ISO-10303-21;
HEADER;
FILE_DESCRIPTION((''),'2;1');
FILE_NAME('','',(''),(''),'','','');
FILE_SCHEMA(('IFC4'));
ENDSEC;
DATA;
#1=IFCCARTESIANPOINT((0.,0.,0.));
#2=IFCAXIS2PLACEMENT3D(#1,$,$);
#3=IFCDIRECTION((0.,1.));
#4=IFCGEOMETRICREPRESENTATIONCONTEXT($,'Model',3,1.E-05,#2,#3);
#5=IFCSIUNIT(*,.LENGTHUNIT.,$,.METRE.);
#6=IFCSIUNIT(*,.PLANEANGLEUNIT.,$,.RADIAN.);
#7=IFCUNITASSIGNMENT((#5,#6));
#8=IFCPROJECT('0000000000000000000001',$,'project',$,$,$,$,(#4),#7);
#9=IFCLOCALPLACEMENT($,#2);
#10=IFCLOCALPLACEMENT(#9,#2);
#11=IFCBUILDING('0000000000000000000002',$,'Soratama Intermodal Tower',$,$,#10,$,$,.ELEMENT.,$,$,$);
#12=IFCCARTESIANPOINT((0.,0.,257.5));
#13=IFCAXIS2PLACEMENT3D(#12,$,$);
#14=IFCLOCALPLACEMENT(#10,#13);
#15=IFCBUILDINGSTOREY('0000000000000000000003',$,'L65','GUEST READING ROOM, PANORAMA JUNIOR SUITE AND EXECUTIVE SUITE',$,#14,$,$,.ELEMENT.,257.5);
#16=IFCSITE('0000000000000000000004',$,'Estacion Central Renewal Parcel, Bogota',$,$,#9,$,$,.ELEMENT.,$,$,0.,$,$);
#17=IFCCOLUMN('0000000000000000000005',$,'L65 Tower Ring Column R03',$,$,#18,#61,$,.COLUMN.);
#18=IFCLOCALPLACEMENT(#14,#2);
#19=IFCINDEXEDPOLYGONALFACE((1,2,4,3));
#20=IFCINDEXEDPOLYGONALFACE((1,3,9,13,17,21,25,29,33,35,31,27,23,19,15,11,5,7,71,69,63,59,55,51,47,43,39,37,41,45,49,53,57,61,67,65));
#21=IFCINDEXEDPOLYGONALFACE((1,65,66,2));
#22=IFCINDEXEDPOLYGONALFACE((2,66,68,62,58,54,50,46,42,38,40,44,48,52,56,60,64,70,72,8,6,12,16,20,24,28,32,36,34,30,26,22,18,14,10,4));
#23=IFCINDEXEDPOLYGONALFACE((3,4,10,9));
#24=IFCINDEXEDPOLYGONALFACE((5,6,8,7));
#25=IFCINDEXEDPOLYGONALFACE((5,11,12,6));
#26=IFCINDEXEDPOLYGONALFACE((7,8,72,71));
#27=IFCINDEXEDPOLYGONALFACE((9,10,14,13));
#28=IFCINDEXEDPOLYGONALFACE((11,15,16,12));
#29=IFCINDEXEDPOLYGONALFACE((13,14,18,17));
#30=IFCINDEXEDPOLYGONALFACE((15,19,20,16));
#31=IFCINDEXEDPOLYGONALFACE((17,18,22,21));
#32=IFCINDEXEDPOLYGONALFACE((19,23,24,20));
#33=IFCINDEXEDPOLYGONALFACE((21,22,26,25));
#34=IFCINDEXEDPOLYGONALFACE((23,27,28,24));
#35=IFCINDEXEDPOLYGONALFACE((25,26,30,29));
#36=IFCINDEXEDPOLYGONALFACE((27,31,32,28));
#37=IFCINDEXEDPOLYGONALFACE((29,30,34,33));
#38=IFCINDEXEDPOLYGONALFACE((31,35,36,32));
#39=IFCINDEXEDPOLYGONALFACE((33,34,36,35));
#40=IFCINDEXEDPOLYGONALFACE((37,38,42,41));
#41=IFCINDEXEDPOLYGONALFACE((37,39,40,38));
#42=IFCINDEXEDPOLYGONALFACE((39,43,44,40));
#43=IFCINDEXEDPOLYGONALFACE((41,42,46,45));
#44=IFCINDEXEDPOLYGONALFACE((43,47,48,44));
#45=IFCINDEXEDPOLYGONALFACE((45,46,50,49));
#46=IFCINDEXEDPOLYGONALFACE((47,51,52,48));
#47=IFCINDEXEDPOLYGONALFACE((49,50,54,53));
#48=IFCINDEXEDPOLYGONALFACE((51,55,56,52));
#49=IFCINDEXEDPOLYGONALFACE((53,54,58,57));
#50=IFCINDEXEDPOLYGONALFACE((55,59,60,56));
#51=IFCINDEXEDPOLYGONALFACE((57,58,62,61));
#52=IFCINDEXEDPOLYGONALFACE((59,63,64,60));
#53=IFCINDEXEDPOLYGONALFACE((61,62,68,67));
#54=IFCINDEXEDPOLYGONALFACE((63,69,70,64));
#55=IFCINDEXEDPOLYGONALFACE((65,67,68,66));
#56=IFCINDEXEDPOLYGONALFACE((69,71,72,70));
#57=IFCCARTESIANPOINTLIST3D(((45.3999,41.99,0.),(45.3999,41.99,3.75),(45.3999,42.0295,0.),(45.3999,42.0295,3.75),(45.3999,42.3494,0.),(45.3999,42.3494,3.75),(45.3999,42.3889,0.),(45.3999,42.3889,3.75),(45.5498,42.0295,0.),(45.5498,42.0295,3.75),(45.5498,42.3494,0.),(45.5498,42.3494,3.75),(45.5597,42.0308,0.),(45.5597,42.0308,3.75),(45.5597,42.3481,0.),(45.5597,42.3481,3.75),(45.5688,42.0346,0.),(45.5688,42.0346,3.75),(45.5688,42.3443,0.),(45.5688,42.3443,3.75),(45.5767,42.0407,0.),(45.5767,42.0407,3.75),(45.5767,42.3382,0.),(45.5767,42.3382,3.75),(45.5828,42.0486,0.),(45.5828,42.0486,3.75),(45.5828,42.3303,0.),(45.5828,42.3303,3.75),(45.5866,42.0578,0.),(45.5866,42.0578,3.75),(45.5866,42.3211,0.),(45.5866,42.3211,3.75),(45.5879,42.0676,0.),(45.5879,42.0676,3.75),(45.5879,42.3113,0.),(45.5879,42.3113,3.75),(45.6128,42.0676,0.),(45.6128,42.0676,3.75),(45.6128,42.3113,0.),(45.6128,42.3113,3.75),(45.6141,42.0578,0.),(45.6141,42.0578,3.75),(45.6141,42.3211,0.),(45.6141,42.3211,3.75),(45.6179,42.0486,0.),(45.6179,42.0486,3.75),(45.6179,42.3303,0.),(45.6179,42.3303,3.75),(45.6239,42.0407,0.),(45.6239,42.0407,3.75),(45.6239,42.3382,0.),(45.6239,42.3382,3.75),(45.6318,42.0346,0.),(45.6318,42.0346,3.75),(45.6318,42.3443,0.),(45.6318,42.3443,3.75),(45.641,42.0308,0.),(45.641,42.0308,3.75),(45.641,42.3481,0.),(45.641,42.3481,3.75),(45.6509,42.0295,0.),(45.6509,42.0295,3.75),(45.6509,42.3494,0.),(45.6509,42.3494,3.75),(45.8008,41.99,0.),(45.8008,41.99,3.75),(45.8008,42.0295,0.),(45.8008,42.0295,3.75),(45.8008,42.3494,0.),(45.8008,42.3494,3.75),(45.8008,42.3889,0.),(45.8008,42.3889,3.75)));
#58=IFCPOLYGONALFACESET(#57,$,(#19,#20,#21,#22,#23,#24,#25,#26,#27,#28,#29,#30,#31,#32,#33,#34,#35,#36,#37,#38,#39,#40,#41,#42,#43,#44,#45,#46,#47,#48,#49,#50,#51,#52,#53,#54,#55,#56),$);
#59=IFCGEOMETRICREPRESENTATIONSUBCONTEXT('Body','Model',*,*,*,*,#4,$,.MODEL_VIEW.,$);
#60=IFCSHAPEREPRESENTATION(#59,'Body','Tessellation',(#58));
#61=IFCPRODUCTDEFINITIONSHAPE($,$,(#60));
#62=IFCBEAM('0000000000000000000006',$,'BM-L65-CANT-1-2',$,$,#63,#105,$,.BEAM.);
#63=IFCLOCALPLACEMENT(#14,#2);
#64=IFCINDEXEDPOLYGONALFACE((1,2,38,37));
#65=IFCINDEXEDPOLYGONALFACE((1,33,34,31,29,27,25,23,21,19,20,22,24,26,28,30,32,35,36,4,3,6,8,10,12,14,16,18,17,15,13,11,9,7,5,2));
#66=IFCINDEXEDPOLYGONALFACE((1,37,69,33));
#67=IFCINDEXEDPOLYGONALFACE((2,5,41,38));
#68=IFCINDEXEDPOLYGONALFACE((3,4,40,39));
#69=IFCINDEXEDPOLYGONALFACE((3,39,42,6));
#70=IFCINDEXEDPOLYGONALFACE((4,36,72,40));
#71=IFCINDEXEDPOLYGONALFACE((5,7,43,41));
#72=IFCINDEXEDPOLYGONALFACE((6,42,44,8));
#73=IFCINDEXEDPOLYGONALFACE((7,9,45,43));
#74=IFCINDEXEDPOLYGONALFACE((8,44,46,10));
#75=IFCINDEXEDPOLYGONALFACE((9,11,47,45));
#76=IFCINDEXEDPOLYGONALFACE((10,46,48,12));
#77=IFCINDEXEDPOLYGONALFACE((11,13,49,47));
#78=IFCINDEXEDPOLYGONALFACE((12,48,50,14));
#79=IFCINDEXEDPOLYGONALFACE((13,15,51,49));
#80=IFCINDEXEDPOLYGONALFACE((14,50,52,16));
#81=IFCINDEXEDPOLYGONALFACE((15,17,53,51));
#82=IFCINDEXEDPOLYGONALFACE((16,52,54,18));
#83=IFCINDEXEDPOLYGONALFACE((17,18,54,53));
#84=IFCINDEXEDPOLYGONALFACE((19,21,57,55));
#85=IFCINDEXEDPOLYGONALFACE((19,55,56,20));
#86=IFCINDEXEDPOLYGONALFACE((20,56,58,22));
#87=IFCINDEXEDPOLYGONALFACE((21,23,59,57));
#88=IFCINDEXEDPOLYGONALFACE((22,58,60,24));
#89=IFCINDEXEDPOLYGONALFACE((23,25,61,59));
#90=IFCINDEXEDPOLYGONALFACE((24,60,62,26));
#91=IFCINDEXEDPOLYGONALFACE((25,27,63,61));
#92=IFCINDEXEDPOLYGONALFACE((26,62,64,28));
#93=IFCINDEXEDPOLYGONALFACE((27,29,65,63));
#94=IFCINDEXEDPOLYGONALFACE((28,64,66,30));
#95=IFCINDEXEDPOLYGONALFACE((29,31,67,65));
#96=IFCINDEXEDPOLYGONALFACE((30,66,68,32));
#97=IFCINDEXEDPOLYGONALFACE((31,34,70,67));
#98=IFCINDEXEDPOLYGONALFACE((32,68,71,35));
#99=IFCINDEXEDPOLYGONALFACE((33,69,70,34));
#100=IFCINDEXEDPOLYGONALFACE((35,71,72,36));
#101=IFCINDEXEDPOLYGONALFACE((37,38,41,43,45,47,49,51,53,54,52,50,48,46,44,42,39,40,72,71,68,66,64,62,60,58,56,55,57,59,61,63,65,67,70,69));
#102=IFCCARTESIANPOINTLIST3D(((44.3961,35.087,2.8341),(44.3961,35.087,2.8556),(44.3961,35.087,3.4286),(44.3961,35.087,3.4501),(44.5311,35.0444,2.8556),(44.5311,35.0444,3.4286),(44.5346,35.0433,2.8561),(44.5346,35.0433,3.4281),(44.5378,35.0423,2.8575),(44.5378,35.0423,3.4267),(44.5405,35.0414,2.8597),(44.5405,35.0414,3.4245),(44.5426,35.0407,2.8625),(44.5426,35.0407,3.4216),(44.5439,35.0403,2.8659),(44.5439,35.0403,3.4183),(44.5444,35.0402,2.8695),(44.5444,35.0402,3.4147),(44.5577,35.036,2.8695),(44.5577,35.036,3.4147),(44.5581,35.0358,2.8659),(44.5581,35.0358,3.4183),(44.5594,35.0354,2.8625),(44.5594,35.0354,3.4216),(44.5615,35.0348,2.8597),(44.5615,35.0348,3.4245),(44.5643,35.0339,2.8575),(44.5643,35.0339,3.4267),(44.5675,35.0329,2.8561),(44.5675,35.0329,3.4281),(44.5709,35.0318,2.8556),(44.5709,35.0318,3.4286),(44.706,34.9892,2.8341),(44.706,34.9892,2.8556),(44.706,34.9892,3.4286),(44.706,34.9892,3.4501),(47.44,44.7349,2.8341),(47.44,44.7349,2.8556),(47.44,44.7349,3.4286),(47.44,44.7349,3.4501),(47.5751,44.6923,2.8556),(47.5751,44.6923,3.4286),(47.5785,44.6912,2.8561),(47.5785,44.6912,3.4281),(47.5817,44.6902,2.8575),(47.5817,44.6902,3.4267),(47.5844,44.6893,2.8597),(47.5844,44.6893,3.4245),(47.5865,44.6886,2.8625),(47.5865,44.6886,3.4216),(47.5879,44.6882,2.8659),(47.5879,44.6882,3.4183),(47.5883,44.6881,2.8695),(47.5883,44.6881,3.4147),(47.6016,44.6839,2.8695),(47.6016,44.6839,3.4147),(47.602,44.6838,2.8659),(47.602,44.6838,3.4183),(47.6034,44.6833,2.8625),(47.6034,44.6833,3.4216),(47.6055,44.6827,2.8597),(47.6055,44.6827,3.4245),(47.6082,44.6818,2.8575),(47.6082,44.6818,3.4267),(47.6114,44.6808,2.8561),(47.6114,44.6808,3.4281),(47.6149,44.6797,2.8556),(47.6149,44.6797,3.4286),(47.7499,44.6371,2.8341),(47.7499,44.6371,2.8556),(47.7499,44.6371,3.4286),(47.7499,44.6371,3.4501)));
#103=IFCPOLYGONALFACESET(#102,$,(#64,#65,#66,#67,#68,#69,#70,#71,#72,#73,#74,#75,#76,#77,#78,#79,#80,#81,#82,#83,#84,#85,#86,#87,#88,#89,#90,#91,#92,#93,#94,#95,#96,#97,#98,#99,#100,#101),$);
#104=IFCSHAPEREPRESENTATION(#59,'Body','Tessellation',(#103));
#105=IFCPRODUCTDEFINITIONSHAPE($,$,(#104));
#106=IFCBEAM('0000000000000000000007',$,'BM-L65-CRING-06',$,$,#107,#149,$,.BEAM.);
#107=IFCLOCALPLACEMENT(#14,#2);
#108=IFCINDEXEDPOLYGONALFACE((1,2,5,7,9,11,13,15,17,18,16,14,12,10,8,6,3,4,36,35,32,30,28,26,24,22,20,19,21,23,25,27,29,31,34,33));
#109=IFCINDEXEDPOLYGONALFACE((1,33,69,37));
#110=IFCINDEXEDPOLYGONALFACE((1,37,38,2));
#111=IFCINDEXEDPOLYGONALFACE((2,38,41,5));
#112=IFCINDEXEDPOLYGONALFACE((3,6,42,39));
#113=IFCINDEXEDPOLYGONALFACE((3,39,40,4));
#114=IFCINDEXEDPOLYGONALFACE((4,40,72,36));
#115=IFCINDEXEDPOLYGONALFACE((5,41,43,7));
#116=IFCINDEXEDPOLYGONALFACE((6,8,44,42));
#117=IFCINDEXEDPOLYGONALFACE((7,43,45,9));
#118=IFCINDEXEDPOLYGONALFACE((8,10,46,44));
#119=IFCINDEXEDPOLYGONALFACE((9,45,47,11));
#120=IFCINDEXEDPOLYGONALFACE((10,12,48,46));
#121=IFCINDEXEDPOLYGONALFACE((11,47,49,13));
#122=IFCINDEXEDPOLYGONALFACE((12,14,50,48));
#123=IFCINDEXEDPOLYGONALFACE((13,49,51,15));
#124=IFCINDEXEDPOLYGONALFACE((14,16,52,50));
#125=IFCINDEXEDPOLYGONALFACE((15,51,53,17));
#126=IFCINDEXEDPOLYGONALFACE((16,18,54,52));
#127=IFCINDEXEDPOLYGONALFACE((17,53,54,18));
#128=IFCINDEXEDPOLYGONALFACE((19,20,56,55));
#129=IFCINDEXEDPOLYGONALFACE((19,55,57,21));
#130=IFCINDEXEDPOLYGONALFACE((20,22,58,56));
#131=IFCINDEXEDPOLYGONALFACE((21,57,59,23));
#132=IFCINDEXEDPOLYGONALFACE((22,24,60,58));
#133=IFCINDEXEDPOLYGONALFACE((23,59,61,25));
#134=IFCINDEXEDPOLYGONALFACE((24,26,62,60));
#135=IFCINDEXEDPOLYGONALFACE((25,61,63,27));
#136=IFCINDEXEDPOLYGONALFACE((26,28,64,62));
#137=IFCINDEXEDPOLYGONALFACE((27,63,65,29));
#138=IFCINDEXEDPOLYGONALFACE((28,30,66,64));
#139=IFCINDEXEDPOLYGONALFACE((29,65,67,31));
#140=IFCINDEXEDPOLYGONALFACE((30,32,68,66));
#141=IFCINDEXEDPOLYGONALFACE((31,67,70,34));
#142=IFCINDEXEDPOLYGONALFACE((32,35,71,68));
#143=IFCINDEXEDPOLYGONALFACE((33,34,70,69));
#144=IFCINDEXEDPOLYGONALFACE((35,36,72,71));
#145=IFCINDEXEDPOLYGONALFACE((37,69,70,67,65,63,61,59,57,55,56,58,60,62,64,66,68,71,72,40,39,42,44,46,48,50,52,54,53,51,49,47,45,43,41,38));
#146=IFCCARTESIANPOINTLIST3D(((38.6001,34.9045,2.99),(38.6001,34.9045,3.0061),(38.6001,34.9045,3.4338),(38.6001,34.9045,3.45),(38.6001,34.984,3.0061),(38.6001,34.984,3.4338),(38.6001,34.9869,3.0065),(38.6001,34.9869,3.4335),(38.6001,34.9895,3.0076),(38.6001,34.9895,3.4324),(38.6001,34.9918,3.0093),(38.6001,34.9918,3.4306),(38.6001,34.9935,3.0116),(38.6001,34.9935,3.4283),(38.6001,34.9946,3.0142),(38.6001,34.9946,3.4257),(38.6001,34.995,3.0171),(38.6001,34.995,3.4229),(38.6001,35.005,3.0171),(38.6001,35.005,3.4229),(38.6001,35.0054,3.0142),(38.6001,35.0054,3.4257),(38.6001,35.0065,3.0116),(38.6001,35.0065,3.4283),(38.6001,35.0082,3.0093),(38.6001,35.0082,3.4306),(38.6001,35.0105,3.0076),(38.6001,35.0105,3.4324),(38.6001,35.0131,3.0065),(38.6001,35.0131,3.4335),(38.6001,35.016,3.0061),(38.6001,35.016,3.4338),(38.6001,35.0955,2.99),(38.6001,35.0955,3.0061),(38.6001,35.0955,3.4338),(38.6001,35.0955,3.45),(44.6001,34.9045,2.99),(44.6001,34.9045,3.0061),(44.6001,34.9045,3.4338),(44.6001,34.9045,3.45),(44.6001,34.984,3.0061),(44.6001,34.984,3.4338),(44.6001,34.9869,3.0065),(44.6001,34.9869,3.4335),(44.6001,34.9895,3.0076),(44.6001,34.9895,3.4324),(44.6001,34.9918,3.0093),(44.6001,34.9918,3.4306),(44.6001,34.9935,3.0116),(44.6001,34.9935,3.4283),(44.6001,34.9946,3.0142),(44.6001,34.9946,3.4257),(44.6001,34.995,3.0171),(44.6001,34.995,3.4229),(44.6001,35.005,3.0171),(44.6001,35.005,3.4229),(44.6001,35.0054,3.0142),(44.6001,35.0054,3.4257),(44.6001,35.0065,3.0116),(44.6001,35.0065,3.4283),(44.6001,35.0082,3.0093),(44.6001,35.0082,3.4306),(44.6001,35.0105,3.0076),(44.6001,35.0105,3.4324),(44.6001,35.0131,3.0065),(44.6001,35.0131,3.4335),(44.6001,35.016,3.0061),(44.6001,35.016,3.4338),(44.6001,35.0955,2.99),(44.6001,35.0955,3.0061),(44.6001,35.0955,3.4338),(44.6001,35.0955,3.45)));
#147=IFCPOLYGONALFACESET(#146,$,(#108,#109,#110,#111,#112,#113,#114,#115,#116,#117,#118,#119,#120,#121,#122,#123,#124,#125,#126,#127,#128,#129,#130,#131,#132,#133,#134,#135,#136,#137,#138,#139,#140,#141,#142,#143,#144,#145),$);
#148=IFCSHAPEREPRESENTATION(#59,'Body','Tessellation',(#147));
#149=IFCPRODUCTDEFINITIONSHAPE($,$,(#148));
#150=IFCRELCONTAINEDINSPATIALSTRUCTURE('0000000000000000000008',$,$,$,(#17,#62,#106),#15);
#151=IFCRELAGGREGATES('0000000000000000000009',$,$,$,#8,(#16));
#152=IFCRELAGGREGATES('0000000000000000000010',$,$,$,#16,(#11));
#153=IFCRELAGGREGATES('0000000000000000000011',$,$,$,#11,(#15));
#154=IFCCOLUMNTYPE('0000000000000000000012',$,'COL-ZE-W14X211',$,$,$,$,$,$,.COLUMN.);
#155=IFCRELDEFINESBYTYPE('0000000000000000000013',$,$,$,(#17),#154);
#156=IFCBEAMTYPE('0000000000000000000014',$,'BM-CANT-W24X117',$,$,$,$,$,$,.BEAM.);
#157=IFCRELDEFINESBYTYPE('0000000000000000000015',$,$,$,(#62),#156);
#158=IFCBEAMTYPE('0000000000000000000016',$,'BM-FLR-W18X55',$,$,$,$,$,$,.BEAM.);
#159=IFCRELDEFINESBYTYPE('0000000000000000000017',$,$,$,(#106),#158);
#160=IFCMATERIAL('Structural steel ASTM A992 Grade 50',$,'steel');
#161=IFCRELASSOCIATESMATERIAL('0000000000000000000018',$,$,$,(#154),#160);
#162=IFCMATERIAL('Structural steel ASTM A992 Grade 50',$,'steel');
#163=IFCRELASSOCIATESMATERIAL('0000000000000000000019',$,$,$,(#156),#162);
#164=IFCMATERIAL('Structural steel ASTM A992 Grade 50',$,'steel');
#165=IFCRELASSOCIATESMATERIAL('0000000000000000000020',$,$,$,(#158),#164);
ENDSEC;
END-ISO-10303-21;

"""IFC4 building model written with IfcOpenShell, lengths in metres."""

from ifc_helpers import new_model, si_unit, direction, frame, origin, origin_2d, place, context, subcontext, project, spatial, i_section, extrude, material, material_profile, profile_set, type_object, element, save


model = new_model("IFC4")

# Units and contexts
model_context = context("Model", 3, precision=1e-05, world=origin(), true_north=direction((0.0, 1.0)))
body_context = subcontext(model_context, "Body", "Model", "MODEL_VIEW")
ifc_project = project(units=[si_unit("LENGTHUNIT", "METRE"), si_unit("PLANEANGLEUNIT", "RADIAN")], contexts=[model_context])

# Site, building, storey
site_placement = place(None, origin())
site = spatial("IfcSite", under=ifc_project, at=site_placement, Name="Estacion Central Renewal Parcel, Bogota", CompositionType="ELEMENT", RefElevation=0.0)
building_placement = place(site_placement, origin())
building = spatial("IfcBuilding", under=site, at=building_placement, Name="Soratama Intermodal Tower", CompositionType="ELEMENT")
storey_placement = place(building_placement, frame((0.0, 0.0, 257.5)))
storey = spatial("IfcBuildingStorey", under=building, at=storey_placement, Name="L65", Description="GUEST READING ROOM, PANORAMA JUNIOR SUITE AND EXECUTIVE SUITE", CompositionType="ELEMENT", Elevation=257.5)

# Column
ifc_material_1 = material(Name="Structural steel ASTM A992 Grade 50", Category="steel")
ifc_material_profile_1 = material_profile(ifc_material_1, i_section(OverallWidth=0.4009, OverallDepth=0.3989, WebThickness=0.0249, FlangeThickness=0.0396, FilletRadius=0.0381, at=origin_2d()), Name="W14X211")
ifc_profile_set_1 = profile_set([ifc_material_profile_1], Name="Structural steel ASTM A992 Grade 50")
column_type = type_object("IfcColumnType", Name="COL-ZE-W14X211", PredefinedType="COLUMN", material=ifc_profile_set_1)
column_placement = place(storey_placement, frame((45.6003, 42.1895, 0.0), z_axis=(0.0, 0.0, 1.0), x_axis=(1.0, 0.0, 0.0)))
element("IfcColumn", 1, at=column_placement, inside=storey, type_object=column_type, Name="L65 Tower Ring Column R03", PredefinedType="COLUMN", context=body_context, shape_type="SweptSolid", body=[
    extrude(i_section(OverallWidth=0.4009, OverallDepth=0.3989, WebThickness=0.0249, FlangeThickness=0.0396, FilletRadius=0.0381, at=origin_2d()), origin(), (0.0, 0.0, 1.0), 3.75),
])

# Beams
ifc_material_2 = material(Name="Structural steel ASTM A992 Grade 50", Category="steel")
ifc_material_profile_2 = material_profile(ifc_material_2, i_section(OverallWidth=0.325, OverallDepth=0.616, WebThickness=0.0139, FlangeThickness=0.0215, FilletRadius=0.0139, at=origin_2d()), Name="W24X117")
ifc_profile_set_2 = profile_set([ifc_material_profile_2], Name="Structural steel ASTM A992 Grade 50")
beam_type_1 = type_object("IfcBeamType", Name="BM-CANT-W24X117", PredefinedType="BEAM", material=ifc_profile_set_2)
beam_1_placement = place(storey_placement, frame((44.551, 35.0381, 3.1421), z_axis=(0.300882, 0.953661, 0.0), x_axis=(-0.953661, 0.300882, 0.0)))
element("IfcBeam", 2, at=beam_1_placement, inside=storey, type_object=beam_type_1, Name="BM-L65-CANT-1-2", PredefinedType="BEAM", context=body_context, shape_type="SweptSolid", body=[
    extrude(i_section(OverallWidth=0.325, OverallDepth=0.616, WebThickness=0.0139, FlangeThickness=0.0215, FilletRadius=0.0139, at=origin_2d()), origin(), (0.0, 0.0, 1.0), 10.1167),
])
ifc_material_3 = material(Name="Structural steel ASTM A992 Grade 50", Category="steel")
ifc_material_profile_3 = material_profile(ifc_material_3, i_section(OverallWidth=0.1909, OverallDepth=0.46, WebThickness=0.01, FlangeThickness=0.0161, FilletRadius=0.011, at=origin_2d()), Name="W18X55")
ifc_profile_set_3 = profile_set([ifc_material_profile_3], Name="Structural steel ASTM A992 Grade 50")
beam_type_2 = type_object("IfcBeamType", Name="BM-FLR-W18X55", PredefinedType="BEAM", material=ifc_profile_set_3)
beam_2_placement = place(storey_placement, frame((44.6001, 35.0, 3.22), z_axis=(-1.0, 0.0, 0.0), x_axis=(0.0, -1.0, 0.0)))
element("IfcBeam", 3, at=beam_2_placement, inside=storey, type_object=beam_type_2, Name="BM-L65-CRING-06", PredefinedType="BEAM", context=body_context, shape_type="SweptSolid", body=[
    extrude(i_section(OverallWidth=0.1909, OverallDepth=0.46, WebThickness=0.01, FlangeThickness=0.0161, FilletRadius=0.011, at=origin_2d()), origin(), (0.0, 0.0, 1.0), 6.0),
])

save(model, "model.ifc")
